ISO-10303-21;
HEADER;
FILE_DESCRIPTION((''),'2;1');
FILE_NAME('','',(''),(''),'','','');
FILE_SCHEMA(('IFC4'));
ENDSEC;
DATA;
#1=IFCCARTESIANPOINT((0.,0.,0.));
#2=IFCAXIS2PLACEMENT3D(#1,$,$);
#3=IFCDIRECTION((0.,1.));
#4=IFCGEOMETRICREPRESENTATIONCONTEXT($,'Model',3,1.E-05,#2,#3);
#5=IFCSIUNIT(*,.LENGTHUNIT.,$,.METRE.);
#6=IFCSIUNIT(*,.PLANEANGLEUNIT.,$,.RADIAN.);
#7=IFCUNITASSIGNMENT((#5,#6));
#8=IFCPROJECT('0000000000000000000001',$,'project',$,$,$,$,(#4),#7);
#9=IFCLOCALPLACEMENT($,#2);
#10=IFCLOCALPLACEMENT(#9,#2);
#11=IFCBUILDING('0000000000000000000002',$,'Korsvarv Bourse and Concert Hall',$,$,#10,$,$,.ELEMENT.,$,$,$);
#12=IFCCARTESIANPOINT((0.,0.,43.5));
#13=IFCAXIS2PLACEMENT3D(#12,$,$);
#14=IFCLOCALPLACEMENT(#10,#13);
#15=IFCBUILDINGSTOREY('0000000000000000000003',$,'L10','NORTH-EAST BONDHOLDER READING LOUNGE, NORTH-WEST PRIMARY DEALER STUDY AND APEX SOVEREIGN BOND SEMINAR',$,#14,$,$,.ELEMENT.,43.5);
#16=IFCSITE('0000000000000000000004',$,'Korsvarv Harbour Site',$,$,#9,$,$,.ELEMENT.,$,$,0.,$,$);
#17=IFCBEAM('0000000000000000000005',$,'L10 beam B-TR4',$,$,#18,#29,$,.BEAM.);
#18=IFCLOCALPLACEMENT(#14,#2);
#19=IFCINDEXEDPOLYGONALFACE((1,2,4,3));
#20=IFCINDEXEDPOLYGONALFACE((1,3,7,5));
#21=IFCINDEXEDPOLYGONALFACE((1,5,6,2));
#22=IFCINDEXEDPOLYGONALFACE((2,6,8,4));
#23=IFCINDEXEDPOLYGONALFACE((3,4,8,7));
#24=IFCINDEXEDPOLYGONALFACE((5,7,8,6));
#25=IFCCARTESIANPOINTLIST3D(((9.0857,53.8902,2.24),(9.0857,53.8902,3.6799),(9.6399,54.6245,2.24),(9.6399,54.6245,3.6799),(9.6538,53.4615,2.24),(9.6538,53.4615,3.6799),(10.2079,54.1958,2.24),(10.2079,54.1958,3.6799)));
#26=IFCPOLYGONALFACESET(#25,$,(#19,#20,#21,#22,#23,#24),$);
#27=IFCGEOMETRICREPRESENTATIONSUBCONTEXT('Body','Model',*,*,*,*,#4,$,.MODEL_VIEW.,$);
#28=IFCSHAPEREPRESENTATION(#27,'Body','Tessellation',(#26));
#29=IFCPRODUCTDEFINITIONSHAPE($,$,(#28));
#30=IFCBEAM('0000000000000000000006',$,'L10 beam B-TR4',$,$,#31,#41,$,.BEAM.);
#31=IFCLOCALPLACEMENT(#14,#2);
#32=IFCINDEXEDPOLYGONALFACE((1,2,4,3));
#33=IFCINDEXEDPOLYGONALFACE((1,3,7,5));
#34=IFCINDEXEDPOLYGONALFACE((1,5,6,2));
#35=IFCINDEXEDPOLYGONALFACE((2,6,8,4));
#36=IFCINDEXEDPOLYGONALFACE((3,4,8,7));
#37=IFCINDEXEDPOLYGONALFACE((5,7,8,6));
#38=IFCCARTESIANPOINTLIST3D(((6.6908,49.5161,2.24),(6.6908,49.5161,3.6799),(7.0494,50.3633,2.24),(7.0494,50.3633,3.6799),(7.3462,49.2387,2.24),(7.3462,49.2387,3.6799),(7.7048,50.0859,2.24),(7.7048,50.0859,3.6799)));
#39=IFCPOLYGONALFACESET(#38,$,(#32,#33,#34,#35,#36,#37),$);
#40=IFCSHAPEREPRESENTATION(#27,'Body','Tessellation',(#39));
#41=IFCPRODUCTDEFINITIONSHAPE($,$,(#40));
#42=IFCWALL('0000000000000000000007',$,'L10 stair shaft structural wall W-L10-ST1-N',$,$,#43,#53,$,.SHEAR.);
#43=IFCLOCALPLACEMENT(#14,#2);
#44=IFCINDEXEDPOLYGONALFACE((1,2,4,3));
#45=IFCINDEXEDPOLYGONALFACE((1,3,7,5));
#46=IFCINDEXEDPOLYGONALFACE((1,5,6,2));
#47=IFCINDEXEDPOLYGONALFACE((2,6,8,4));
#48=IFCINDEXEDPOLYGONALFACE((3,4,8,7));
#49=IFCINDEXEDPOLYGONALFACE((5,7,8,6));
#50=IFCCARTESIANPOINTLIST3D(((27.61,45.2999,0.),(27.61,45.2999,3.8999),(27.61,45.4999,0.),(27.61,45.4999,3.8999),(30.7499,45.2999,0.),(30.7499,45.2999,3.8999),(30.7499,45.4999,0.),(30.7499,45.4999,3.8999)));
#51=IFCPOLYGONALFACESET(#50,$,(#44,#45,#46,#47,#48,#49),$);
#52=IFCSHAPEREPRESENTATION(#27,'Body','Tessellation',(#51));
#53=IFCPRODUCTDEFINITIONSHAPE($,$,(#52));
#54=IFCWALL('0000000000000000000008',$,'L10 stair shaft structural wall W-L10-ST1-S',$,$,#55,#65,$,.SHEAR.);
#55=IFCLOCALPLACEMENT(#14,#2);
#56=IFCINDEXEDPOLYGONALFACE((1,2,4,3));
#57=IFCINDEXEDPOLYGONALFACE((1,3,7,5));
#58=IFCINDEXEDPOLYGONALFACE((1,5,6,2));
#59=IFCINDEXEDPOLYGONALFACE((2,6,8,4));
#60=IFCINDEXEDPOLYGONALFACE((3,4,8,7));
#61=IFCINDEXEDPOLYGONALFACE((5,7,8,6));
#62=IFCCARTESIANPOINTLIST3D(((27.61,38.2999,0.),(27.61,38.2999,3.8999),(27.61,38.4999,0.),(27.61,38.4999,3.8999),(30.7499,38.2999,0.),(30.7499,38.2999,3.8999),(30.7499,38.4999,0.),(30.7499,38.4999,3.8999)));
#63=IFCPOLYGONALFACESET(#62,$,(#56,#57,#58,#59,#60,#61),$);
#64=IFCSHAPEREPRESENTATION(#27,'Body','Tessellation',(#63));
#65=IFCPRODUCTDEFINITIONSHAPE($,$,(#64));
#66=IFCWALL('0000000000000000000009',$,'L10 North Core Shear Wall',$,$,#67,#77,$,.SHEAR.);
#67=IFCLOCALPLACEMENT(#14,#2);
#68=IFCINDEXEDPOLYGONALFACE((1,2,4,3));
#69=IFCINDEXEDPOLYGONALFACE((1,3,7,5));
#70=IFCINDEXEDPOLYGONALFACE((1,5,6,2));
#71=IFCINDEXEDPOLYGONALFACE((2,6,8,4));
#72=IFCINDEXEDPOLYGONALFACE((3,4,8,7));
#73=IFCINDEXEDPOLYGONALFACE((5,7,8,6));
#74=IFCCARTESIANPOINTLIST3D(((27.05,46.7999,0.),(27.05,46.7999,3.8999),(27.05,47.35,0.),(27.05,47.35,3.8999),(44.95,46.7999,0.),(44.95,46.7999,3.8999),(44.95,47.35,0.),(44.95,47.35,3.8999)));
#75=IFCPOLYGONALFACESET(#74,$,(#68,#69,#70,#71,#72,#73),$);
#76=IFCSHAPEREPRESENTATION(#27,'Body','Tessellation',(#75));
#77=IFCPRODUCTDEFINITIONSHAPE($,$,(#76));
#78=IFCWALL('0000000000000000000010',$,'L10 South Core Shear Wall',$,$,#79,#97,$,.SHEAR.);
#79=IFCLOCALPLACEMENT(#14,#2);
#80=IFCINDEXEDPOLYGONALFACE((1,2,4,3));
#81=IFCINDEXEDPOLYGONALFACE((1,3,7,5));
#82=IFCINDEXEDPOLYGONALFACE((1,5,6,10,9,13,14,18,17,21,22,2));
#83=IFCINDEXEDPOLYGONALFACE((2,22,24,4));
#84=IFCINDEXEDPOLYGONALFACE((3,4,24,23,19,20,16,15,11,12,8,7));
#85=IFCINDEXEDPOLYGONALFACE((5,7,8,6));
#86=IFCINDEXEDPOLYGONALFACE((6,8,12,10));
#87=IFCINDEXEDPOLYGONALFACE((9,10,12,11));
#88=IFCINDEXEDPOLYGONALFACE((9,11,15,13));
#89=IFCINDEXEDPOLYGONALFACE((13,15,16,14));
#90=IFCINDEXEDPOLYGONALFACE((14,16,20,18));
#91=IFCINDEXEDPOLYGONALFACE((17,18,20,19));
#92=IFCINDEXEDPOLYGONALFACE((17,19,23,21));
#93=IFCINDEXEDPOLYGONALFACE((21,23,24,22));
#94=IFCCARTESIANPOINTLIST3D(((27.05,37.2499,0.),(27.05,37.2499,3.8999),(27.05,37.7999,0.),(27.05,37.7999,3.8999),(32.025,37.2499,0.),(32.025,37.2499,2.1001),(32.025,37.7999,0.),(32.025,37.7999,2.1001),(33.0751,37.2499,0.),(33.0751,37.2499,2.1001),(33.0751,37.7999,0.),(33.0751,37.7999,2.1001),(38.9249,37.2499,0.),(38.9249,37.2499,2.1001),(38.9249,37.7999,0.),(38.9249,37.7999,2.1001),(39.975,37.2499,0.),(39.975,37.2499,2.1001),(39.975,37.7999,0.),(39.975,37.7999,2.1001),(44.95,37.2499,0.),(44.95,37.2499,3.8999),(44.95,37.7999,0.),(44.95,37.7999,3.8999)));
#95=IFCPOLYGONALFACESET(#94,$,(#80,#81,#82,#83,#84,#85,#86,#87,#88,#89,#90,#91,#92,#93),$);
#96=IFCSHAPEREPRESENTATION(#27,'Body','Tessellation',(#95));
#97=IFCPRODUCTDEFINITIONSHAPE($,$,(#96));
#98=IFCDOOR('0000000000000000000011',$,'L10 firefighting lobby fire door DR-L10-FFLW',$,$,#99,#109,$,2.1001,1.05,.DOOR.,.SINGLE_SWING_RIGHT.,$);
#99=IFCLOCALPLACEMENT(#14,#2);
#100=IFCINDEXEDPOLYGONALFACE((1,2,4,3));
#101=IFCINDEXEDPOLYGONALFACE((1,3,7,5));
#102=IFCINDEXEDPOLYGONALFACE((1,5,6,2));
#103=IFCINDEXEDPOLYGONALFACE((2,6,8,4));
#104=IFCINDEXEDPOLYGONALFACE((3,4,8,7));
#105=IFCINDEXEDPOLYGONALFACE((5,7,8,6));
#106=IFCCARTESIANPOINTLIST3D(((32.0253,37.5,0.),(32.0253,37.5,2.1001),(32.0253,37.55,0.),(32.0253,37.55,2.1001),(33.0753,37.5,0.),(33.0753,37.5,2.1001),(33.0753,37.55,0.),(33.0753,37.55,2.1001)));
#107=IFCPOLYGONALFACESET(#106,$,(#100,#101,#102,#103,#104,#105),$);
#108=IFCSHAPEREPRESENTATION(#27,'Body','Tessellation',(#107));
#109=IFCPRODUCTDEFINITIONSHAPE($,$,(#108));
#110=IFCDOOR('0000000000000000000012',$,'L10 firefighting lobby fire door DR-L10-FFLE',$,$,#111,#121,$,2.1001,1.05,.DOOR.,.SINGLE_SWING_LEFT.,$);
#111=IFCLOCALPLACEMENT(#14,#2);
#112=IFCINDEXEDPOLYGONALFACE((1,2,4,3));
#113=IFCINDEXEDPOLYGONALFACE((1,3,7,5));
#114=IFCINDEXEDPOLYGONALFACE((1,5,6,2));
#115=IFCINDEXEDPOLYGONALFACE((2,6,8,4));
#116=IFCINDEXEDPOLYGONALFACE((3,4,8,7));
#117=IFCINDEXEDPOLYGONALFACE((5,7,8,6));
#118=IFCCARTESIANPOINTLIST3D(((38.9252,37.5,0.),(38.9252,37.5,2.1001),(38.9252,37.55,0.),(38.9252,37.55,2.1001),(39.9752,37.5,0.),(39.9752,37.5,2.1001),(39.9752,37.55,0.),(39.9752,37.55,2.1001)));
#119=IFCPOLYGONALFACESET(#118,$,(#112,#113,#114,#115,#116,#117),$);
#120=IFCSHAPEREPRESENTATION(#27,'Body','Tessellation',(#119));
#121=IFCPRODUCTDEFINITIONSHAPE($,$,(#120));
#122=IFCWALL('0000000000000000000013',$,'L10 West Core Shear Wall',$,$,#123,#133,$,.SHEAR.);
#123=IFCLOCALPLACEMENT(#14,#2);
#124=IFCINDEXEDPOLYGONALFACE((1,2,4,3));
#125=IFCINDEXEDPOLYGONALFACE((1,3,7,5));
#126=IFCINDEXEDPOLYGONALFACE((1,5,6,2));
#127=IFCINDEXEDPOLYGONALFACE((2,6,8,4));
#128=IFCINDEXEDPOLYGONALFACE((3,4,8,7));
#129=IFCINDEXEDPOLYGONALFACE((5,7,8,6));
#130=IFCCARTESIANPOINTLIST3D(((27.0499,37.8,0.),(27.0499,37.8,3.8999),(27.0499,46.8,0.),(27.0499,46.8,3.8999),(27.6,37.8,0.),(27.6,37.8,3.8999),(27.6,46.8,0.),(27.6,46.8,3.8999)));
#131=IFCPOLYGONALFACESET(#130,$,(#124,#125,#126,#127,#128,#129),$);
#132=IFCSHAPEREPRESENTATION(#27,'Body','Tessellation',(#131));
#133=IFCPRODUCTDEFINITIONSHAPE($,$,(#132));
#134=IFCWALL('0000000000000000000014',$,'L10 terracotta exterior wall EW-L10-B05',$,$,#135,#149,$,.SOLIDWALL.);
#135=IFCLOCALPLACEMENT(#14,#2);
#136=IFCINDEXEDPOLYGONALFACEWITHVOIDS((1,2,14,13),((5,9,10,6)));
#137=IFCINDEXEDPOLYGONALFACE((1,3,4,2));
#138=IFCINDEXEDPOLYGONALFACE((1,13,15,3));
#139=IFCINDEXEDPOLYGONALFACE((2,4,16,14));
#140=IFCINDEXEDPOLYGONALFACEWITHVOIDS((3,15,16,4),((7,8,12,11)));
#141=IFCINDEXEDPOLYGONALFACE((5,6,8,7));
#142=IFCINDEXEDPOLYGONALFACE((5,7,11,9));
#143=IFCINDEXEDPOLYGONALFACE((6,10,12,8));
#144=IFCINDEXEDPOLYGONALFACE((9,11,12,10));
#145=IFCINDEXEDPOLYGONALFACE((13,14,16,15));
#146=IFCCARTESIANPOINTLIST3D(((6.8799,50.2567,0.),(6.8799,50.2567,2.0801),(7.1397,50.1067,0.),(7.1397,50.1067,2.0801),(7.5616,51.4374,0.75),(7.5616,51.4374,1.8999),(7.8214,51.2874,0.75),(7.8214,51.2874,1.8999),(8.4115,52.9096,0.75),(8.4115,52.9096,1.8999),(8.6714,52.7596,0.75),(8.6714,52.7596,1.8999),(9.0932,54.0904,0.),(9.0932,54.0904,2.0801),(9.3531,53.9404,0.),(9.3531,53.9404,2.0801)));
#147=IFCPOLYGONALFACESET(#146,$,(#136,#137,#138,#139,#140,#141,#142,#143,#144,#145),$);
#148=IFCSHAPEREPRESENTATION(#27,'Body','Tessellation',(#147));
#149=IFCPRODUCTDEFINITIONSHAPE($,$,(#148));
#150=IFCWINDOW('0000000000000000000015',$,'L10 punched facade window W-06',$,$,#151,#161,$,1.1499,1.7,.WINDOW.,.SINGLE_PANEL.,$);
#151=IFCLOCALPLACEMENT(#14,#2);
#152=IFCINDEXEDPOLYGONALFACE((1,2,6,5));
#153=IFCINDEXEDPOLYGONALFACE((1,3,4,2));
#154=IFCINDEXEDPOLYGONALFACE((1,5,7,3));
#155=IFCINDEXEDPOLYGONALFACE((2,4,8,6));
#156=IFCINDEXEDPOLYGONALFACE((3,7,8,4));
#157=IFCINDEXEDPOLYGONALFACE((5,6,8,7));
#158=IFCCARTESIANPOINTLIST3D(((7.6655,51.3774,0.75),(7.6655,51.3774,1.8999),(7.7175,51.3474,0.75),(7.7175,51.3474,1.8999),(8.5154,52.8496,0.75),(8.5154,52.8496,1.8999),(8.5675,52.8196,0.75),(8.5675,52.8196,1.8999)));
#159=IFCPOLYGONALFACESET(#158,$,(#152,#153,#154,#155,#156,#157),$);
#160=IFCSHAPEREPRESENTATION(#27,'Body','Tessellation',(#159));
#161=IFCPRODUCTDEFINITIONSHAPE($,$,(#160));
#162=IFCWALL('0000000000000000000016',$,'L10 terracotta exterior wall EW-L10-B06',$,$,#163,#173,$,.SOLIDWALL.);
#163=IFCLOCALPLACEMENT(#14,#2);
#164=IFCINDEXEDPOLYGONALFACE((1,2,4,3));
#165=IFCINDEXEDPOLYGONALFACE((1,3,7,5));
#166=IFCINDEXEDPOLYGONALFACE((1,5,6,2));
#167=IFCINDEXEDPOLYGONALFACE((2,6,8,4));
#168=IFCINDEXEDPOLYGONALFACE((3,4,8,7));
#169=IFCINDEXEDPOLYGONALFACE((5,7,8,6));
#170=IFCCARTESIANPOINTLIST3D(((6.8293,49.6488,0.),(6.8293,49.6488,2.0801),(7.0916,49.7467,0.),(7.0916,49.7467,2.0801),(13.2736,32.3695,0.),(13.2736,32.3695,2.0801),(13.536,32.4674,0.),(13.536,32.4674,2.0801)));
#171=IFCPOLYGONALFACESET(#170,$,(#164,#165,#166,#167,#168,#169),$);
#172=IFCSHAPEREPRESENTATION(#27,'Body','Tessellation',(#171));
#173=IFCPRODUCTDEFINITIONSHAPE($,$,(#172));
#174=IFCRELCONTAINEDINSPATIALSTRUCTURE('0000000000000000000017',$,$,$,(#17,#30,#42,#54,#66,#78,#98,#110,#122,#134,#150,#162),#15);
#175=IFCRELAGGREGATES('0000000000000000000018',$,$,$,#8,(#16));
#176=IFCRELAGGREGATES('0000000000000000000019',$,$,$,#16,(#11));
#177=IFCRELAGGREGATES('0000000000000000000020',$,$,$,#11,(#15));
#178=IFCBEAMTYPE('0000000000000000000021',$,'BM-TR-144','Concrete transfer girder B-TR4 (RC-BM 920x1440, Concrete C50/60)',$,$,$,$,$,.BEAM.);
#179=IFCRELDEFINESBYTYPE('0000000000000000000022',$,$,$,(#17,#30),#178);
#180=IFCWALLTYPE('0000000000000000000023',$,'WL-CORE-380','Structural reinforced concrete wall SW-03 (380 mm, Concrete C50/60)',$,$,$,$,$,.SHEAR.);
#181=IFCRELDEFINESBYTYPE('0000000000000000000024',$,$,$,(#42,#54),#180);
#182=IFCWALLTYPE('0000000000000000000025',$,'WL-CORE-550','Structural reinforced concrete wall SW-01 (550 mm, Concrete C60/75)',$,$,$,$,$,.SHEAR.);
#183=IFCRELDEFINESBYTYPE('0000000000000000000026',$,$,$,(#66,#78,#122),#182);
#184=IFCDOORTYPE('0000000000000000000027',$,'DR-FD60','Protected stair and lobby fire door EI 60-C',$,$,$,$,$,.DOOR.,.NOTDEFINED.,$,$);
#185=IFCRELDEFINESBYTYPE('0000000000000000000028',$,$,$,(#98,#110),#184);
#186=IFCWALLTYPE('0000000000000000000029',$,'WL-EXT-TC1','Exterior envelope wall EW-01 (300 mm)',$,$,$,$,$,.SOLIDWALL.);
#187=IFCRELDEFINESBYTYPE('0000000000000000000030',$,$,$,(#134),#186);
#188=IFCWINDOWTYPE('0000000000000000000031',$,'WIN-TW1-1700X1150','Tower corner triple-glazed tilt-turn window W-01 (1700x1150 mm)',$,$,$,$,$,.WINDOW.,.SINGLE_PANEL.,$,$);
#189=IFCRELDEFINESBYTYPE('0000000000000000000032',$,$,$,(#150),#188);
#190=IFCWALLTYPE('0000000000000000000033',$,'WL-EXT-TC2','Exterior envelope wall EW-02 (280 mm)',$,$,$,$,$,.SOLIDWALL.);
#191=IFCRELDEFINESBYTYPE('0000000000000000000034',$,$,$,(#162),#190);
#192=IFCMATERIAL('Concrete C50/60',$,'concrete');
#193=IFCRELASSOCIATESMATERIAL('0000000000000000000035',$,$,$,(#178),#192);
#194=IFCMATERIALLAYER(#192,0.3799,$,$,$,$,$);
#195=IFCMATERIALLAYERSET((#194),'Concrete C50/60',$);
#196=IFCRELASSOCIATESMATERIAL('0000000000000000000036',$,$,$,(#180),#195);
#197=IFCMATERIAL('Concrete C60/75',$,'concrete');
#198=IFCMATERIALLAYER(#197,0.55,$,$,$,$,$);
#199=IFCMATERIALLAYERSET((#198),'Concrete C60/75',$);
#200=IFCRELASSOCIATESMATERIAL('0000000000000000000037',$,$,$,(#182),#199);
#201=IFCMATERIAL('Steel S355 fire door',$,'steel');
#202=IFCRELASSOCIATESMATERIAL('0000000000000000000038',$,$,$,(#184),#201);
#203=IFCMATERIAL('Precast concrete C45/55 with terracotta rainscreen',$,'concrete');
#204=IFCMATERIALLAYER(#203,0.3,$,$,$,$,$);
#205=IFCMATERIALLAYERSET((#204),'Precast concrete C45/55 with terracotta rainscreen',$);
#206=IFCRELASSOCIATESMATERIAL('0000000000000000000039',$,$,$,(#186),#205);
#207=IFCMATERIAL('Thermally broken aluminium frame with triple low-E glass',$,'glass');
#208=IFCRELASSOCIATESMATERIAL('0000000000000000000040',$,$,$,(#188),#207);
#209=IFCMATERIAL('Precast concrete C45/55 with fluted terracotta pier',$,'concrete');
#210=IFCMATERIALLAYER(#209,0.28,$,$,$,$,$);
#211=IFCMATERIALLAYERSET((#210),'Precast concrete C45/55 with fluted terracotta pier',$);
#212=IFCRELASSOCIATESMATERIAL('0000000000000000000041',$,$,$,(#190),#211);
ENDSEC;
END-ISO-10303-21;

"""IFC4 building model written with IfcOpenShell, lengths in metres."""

from ifc_helpers import new_model, si_unit, direction, frame, frame_2d, origin, origin_2d, place, context, subcontext, project, spatial, rectangle, extrude, source, transform, mapped, material, layer, layer_set, material_profile, profile_set, type_object, element, fill, save


model = new_model("IFC4")

# Units and contexts
model_context = context("Model", 3, precision=1e-05, world=origin(), true_north=direction((0.0, 1.0)))
body_context = subcontext(model_context, "Body", "Model", "MODEL_VIEW")
ifc_project = project(units=[si_unit("LENGTHUNIT", "METRE"), si_unit("PLANEANGLEUNIT", "RADIAN")], contexts=[model_context])

# Site, building, storey
site_placement = place(None, origin())
site = spatial("IfcSite", under=ifc_project, at=site_placement, Name="Korsvarv Harbour Site", CompositionType="ELEMENT", RefElevation=0.0)
building_placement = place(site_placement, origin())
building = spatial("IfcBuilding", under=site, at=building_placement, Name="Korsvarv Bourse and Concert Hall", CompositionType="ELEMENT")
storey_placement = place(building_placement, frame((0.0, 0.0, 43.5)))
storey = spatial("IfcBuildingStorey", under=building, at=storey_placement, Name="L10", Description="NORTH-EAST BONDHOLDER READING LOUNGE, NORTH-WEST PRIMARY DEALER STUDY AND APEX SOVEREIGN BOND SEMINAR", CompositionType="ELEMENT", Elevation=43.5)

# Shared definitions
ifc_material_1 = material(Name="Concrete C60/75", Category="concrete")

# Beams
ifc_material_2 = material(Name="Concrete C50/60", Category="concrete")
ifc_material_profile_1 = material_profile(ifc_material_2, rectangle(XDim=0.9199, YDim=1.4399, at=origin_2d()), Name="RC-BM 920x1440")
ifc_profile_set_1 = profile_set([ifc_material_profile_1], Name="Concrete C50/60")
beam_type_1 = type_object("IfcBeamType", Name="BM-TR-144", Description="Concrete transfer girder B-TR4 (RC-BM 920x1440, Concrete C50/60)", PredefinedType="BEAM", material=ifc_profile_set_1)
shared_shape_1 = source(origin(), body_context, "Body", "SweptSolid", [
    extrude(rectangle(XDim=0.9199, YDim=1.4399, at=origin_2d()), origin(), (0.0, 0.0, 1.0), 0.7117),
])
for number, where, z_axis, x_axis, name in (
    (1, (9.3628, 54.2573, 2.96), (0.798226, -0.602357, 0.0), (0.602357, 0.798226, 0.0), "L10 beam B-TR4"),
    (2, (6.8701, 49.9397, 2.96), (0.92091, -0.389774, 0.0), (0.389774, 0.92091, 0.0), "L10 beam B-TR4"),
):
    element("IfcBeam", number, at=place(storey_placement, frame(where, z_axis=z_axis, x_axis=x_axis)), inside=storey, type_object=beam_type_1, Name=name, PredefinedType="BEAM", context=body_context, shape_type="MappedRepresentation", body=[
        mapped(shared_shape_1, transform((0.0, 0.0, 0.0), scale=1.0)),
    ])

# Walls
ifc_layer_1 = layer(ifc_material_2, 0.3799)
ifc_layer_set_1 = layer_set([ifc_layer_1], Name="Concrete C50/60")
wall_type_1 = type_object("IfcWallType", Name="WL-CORE-380", Description="Structural reinforced concrete wall SW-03 (380 mm, Concrete C50/60)", PredefinedType="SHEAR", material=ifc_layer_set_1)
for number, where, z_axis, x_axis, name in (
    (3, (27.6101, 45.3999, 0.0), (0.0, 0.0, 1.0), (1.0, 0.0, 0.0), "L10 stair shaft structural wall W-L10-ST1-N"),
    (4, (27.6101, 38.3999, 0.0), (0.0, 0.0, 1.0), (1.0, 0.0, 0.0), "L10 stair shaft structural wall W-L10-ST1-S"),
):
    element("IfcWall", number, at=place(storey_placement, frame(where, z_axis=z_axis, x_axis=x_axis)), inside=storey, type_object=wall_type_1, Name=name, PredefinedType="SHEAR", context=body_context, shape_type="SweptSolid", body=[
        extrude(rectangle(XDim=3.1399, YDim=0.2, at=frame_2d((1.5698, 0.0))), origin(), (0.0, 0.0, 1.0), 3.8999),
    ])
ifc_layer_2 = layer(ifc_material_1, 0.55)
ifc_layer_set_2 = layer_set([ifc_layer_2], Name="Concrete C60/75")
wall_type_2 = type_object("IfcWallType", Name="WL-CORE-550", Description="Structural reinforced concrete wall SW-01 (550 mm, Concrete C60/75)", PredefinedType="SHEAR", material=ifc_layer_set_2)
wall_1_placement = place(storey_placement, frame((27.05, 47.075, 0.0), z_axis=(0.0, 0.0, 1.0), x_axis=(1.0, 0.0, 0.0)))
element("IfcWall", 5, at=wall_1_placement, inside=storey, type_object=wall_type_2, Name="L10 North Core Shear Wall", PredefinedType="SHEAR", context=body_context, shape_type="SweptSolid", body=[
    extrude(rectangle(XDim=17.8999, YDim=0.55, at=frame_2d((8.95, 0.0))), origin(), (0.0, 0.0, 1.0), 3.8999),
])

# Wall, openings, doors
wall_2_placement = place(storey_placement, frame((27.05, 37.5249, 0.0), z_axis=(0.0, 0.0, 1.0), x_axis=(1.0, 0.0, 0.0)))
wall_2 = element("IfcWall", 6, at=wall_2_placement, inside=storey, type_object=wall_type_2, Name="L10 South Core Shear Wall", PredefinedType="SHEAR", context=body_context, shape_type="SweptSolid", body=[
    extrude(rectangle(XDim=17.8999, YDim=0.55, at=frame_2d((8.95, 0.0))), origin(), (0.0, 0.0, 1.0), 3.8999),
])
opening_1_placement = place(wall_2_placement, frame((4.9751, 0.0, 0.0)))
opening_1 = element("IfcOpeningElement", 7, at=opening_1_placement, cuts=wall_2, PredefinedType="OPENING", context=body_context, shape_type="SweptSolid", body=[
    extrude(rectangle(XDim=1.05, YDim=2.1001, at=frame_2d((0.5249, 1.05))), frame((0.0, 0.2852, 0.0), z_axis=(0.0, -1.0, 0.0), x_axis=(1.0, 0.0, 0.0)), (0.0, 0.0, 1.0), 0.5701),
])
opening_2_placement = place(wall_2_placement, frame((11.875, 0.0, 0.0)))
opening_2 = element("IfcOpeningElement", 8, at=opening_2_placement, cuts=wall_2, PredefinedType="OPENING", context=body_context, shape_type="SweptSolid", body=[
    extrude(rectangle(XDim=1.05, YDim=2.1001, at=frame_2d((0.5249, 1.05))), frame((0.0, 0.2852, 0.0), z_axis=(0.0, -1.0, 0.0), x_axis=(1.0, 0.0, 0.0)), (0.0, 0.0, 1.0), 0.5701),
])
ifc_material_3 = material(Name="Steel S355 fire door", Category="steel")
door_type_1 = type_object("IfcDoorType", Name="DR-FD60", Description="Protected stair and lobby fire door EI 60-C", OperationType="NOTDEFINED", PredefinedType="DOOR", material=ifc_material_3)
door_1_placement = place(opening_1_placement, frame((1.05, 0.0, 0.0), z_axis=(0.0, 0.0, 1.0), x_axis=(-1.0, 0.0, 0.0)))
door_1 = element("IfcDoor", 9, at=door_1_placement, inside=storey, type_object=door_type_1, Name="L10 firefighting lobby fire door DR-L10-FFLW", OperationType="SINGLE_SWING_RIGHT", OverallHeight=2.1001, OverallWidth=1.05, PredefinedType="DOOR", context=body_context, shape_type="SweptSolid", body=[
    extrude(rectangle(XDim=1.05, YDim=2.1001, at=frame_2d((0.5249, 1.05))), frame((0.0, 0.0249, 0.0), z_axis=(0.0, -1.0, 0.0), x_axis=(1.0, 0.0, 0.0)), (0.0, 0.0, 1.0), 0.05),
])
fill(opening_1, door_1)
door_2_placement = place(opening_2_placement, frame((1.05, 0.0, 0.0), z_axis=(0.0, 0.0, 1.0), x_axis=(-1.0, 0.0, 0.0)))
door_2 = element("IfcDoor", 10, at=door_2_placement, inside=storey, type_object=door_type_1, Name="L10 firefighting lobby fire door DR-L10-FFLE", OperationType="SINGLE_SWING_LEFT", OverallHeight=2.1001, OverallWidth=1.05, PredefinedType="DOOR", context=body_context, shape_type="SweptSolid", body=[
    extrude(rectangle(XDim=1.05, YDim=2.1001, at=frame_2d((0.5249, 1.05))), frame((0.0, 0.0249, 0.0), z_axis=(0.0, -1.0, 0.0), x_axis=(1.0, 0.0, 0.0)), (0.0, 0.0, 1.0), 0.05),
])
fill(opening_2, door_2)

# Wall
wall_3_placement = place(storey_placement, frame((27.325, 37.8, 0.0), z_axis=(0.0, 0.0, 1.0), x_axis=(0.0, 1.0, 0.0)))
element("IfcWall", 11, at=wall_3_placement, inside=storey, type_object=wall_type_2, Name="L10 West Core Shear Wall", PredefinedType="SHEAR", context=body_context, shape_type="SweptSolid", body=[
    extrude(rectangle(XDim=9.0, YDim=0.55, at=frame_2d((4.5, 0.0))), origin(), (0.0, 0.0, 1.0), 3.8999),
])

# Wall, opening, window
ifc_material_4 = material(Name="Precast concrete C45/55 with terracotta rainscreen", Category="concrete")
ifc_layer_3 = layer(ifc_material_4, 0.3)
ifc_layer_set_3 = layer_set([ifc_layer_3], Name="Precast concrete C45/55 with terracotta rainscreen")
wall_type_3 = type_object("IfcWallType", Name="WL-EXT-TC1", Description="Exterior envelope wall EW-01 (300 mm)", PredefinedType="SOLIDWALL", material=ifc_layer_set_3)
wall_4_placement = place(storey_placement, frame((9.2231, 54.0154, 0.0), z_axis=(0.0, 0.0, 1.0), x_axis=(-0.499995, -0.866029, 0.0)))
wall_4 = element("IfcWall", 12, at=wall_4_placement, inside=storey, type_object=wall_type_3, Name="L10 terracotta exterior wall EW-L10-B05", PredefinedType="SOLIDWALL", context=body_context, shape_type="SweptSolid", body=[
    extrude(rectangle(XDim=4.4268, YDim=0.3, at=frame_2d((2.2134, 0.0))), origin(), (0.0, 0.0, 1.0), 2.0801),
])
opening_3_placement = place(wall_4_placement, frame((1.3633, 0.0, 0.75)))
opening_3 = element("IfcOpeningElement", 13, at=opening_3_placement, cuts=wall_4, PredefinedType="OPENING", context=body_context, shape_type="SweptSolid", body=[
    extrude(rectangle(XDim=1.7, YDim=1.1499, at=frame_2d((0.8501, 0.575))), frame((0.0, 0.1602, 0.0), z_axis=(0.0, -1.0, 0.0), x_axis=(1.0, 0.0, 0.0)), (0.0, 0.0, 1.0), 0.3201),
])
ifc_material_5 = material(Name="Thermally broken aluminium frame with triple low-E glass", Category="glass")
window_type = type_object("IfcWindowType", Name="WIN-TW1-1700X1150", Description="Tower corner triple-glazed tilt-turn window W-01 (1700x1150 mm)", PartitioningType="SINGLE_PANEL", PredefinedType="WINDOW", material=ifc_material_5)
window_placement = place(opening_3_placement, origin())
window = element("IfcWindow", 14, at=window_placement, inside=storey, type_object=window_type, Name="L10 punched facade window W-06", OverallHeight=1.1499, OverallWidth=1.7, PartitioningType="SINGLE_PANEL", PredefinedType="WINDOW", context=body_context, shape_type="SweptSolid", body=[
    extrude(rectangle(XDim=1.7, YDim=1.1499, at=frame_2d((0.8501, 0.575))), frame((0.0, 0.03, 0.0), z_axis=(0.0, -1.0, 0.0), x_axis=(1.0, 0.0, 0.0)), (0.0, 0.0, 1.0), 0.0601),
])
fill(opening_3, window)

# Wall
ifc_material_6 = material(Name="Precast concrete C45/55 with fluted terracotta pier", Category="concrete")
ifc_layer_4 = layer(ifc_material_6, 0.28)
ifc_layer_set_4 = layer_set([ifc_layer_4], Name="Precast concrete C45/55 with fluted terracotta pier")
wall_type_4 = type_object("IfcWallType", Name="WL-EXT-TC2", Description="Exterior envelope wall EW-02 (280 mm)", PredefinedType="SOLIDWALL", material=ifc_layer_set_4)
wall_5_placement = place(storey_placement, frame((6.9604, 49.6978, 0.0), z_axis=(0.0, 0.0, 1.0), x_axis=(0.34944, -0.936959, 0.0)))
element("IfcWall", 15, at=wall_5_placement, inside=storey, type_object=wall_type_4, Name="L10 terracotta exterior wall EW-L10-B06", PredefinedType="SOLIDWALL", context=body_context, shape_type="SweptSolid", body=[
    extrude(rectangle(XDim=18.4419, YDim=0.28, at=frame_2d((9.2209, 0.0))), origin(), (0.0, 0.0, 1.0), 2.0801),
])

save(model, "model.ifc")
